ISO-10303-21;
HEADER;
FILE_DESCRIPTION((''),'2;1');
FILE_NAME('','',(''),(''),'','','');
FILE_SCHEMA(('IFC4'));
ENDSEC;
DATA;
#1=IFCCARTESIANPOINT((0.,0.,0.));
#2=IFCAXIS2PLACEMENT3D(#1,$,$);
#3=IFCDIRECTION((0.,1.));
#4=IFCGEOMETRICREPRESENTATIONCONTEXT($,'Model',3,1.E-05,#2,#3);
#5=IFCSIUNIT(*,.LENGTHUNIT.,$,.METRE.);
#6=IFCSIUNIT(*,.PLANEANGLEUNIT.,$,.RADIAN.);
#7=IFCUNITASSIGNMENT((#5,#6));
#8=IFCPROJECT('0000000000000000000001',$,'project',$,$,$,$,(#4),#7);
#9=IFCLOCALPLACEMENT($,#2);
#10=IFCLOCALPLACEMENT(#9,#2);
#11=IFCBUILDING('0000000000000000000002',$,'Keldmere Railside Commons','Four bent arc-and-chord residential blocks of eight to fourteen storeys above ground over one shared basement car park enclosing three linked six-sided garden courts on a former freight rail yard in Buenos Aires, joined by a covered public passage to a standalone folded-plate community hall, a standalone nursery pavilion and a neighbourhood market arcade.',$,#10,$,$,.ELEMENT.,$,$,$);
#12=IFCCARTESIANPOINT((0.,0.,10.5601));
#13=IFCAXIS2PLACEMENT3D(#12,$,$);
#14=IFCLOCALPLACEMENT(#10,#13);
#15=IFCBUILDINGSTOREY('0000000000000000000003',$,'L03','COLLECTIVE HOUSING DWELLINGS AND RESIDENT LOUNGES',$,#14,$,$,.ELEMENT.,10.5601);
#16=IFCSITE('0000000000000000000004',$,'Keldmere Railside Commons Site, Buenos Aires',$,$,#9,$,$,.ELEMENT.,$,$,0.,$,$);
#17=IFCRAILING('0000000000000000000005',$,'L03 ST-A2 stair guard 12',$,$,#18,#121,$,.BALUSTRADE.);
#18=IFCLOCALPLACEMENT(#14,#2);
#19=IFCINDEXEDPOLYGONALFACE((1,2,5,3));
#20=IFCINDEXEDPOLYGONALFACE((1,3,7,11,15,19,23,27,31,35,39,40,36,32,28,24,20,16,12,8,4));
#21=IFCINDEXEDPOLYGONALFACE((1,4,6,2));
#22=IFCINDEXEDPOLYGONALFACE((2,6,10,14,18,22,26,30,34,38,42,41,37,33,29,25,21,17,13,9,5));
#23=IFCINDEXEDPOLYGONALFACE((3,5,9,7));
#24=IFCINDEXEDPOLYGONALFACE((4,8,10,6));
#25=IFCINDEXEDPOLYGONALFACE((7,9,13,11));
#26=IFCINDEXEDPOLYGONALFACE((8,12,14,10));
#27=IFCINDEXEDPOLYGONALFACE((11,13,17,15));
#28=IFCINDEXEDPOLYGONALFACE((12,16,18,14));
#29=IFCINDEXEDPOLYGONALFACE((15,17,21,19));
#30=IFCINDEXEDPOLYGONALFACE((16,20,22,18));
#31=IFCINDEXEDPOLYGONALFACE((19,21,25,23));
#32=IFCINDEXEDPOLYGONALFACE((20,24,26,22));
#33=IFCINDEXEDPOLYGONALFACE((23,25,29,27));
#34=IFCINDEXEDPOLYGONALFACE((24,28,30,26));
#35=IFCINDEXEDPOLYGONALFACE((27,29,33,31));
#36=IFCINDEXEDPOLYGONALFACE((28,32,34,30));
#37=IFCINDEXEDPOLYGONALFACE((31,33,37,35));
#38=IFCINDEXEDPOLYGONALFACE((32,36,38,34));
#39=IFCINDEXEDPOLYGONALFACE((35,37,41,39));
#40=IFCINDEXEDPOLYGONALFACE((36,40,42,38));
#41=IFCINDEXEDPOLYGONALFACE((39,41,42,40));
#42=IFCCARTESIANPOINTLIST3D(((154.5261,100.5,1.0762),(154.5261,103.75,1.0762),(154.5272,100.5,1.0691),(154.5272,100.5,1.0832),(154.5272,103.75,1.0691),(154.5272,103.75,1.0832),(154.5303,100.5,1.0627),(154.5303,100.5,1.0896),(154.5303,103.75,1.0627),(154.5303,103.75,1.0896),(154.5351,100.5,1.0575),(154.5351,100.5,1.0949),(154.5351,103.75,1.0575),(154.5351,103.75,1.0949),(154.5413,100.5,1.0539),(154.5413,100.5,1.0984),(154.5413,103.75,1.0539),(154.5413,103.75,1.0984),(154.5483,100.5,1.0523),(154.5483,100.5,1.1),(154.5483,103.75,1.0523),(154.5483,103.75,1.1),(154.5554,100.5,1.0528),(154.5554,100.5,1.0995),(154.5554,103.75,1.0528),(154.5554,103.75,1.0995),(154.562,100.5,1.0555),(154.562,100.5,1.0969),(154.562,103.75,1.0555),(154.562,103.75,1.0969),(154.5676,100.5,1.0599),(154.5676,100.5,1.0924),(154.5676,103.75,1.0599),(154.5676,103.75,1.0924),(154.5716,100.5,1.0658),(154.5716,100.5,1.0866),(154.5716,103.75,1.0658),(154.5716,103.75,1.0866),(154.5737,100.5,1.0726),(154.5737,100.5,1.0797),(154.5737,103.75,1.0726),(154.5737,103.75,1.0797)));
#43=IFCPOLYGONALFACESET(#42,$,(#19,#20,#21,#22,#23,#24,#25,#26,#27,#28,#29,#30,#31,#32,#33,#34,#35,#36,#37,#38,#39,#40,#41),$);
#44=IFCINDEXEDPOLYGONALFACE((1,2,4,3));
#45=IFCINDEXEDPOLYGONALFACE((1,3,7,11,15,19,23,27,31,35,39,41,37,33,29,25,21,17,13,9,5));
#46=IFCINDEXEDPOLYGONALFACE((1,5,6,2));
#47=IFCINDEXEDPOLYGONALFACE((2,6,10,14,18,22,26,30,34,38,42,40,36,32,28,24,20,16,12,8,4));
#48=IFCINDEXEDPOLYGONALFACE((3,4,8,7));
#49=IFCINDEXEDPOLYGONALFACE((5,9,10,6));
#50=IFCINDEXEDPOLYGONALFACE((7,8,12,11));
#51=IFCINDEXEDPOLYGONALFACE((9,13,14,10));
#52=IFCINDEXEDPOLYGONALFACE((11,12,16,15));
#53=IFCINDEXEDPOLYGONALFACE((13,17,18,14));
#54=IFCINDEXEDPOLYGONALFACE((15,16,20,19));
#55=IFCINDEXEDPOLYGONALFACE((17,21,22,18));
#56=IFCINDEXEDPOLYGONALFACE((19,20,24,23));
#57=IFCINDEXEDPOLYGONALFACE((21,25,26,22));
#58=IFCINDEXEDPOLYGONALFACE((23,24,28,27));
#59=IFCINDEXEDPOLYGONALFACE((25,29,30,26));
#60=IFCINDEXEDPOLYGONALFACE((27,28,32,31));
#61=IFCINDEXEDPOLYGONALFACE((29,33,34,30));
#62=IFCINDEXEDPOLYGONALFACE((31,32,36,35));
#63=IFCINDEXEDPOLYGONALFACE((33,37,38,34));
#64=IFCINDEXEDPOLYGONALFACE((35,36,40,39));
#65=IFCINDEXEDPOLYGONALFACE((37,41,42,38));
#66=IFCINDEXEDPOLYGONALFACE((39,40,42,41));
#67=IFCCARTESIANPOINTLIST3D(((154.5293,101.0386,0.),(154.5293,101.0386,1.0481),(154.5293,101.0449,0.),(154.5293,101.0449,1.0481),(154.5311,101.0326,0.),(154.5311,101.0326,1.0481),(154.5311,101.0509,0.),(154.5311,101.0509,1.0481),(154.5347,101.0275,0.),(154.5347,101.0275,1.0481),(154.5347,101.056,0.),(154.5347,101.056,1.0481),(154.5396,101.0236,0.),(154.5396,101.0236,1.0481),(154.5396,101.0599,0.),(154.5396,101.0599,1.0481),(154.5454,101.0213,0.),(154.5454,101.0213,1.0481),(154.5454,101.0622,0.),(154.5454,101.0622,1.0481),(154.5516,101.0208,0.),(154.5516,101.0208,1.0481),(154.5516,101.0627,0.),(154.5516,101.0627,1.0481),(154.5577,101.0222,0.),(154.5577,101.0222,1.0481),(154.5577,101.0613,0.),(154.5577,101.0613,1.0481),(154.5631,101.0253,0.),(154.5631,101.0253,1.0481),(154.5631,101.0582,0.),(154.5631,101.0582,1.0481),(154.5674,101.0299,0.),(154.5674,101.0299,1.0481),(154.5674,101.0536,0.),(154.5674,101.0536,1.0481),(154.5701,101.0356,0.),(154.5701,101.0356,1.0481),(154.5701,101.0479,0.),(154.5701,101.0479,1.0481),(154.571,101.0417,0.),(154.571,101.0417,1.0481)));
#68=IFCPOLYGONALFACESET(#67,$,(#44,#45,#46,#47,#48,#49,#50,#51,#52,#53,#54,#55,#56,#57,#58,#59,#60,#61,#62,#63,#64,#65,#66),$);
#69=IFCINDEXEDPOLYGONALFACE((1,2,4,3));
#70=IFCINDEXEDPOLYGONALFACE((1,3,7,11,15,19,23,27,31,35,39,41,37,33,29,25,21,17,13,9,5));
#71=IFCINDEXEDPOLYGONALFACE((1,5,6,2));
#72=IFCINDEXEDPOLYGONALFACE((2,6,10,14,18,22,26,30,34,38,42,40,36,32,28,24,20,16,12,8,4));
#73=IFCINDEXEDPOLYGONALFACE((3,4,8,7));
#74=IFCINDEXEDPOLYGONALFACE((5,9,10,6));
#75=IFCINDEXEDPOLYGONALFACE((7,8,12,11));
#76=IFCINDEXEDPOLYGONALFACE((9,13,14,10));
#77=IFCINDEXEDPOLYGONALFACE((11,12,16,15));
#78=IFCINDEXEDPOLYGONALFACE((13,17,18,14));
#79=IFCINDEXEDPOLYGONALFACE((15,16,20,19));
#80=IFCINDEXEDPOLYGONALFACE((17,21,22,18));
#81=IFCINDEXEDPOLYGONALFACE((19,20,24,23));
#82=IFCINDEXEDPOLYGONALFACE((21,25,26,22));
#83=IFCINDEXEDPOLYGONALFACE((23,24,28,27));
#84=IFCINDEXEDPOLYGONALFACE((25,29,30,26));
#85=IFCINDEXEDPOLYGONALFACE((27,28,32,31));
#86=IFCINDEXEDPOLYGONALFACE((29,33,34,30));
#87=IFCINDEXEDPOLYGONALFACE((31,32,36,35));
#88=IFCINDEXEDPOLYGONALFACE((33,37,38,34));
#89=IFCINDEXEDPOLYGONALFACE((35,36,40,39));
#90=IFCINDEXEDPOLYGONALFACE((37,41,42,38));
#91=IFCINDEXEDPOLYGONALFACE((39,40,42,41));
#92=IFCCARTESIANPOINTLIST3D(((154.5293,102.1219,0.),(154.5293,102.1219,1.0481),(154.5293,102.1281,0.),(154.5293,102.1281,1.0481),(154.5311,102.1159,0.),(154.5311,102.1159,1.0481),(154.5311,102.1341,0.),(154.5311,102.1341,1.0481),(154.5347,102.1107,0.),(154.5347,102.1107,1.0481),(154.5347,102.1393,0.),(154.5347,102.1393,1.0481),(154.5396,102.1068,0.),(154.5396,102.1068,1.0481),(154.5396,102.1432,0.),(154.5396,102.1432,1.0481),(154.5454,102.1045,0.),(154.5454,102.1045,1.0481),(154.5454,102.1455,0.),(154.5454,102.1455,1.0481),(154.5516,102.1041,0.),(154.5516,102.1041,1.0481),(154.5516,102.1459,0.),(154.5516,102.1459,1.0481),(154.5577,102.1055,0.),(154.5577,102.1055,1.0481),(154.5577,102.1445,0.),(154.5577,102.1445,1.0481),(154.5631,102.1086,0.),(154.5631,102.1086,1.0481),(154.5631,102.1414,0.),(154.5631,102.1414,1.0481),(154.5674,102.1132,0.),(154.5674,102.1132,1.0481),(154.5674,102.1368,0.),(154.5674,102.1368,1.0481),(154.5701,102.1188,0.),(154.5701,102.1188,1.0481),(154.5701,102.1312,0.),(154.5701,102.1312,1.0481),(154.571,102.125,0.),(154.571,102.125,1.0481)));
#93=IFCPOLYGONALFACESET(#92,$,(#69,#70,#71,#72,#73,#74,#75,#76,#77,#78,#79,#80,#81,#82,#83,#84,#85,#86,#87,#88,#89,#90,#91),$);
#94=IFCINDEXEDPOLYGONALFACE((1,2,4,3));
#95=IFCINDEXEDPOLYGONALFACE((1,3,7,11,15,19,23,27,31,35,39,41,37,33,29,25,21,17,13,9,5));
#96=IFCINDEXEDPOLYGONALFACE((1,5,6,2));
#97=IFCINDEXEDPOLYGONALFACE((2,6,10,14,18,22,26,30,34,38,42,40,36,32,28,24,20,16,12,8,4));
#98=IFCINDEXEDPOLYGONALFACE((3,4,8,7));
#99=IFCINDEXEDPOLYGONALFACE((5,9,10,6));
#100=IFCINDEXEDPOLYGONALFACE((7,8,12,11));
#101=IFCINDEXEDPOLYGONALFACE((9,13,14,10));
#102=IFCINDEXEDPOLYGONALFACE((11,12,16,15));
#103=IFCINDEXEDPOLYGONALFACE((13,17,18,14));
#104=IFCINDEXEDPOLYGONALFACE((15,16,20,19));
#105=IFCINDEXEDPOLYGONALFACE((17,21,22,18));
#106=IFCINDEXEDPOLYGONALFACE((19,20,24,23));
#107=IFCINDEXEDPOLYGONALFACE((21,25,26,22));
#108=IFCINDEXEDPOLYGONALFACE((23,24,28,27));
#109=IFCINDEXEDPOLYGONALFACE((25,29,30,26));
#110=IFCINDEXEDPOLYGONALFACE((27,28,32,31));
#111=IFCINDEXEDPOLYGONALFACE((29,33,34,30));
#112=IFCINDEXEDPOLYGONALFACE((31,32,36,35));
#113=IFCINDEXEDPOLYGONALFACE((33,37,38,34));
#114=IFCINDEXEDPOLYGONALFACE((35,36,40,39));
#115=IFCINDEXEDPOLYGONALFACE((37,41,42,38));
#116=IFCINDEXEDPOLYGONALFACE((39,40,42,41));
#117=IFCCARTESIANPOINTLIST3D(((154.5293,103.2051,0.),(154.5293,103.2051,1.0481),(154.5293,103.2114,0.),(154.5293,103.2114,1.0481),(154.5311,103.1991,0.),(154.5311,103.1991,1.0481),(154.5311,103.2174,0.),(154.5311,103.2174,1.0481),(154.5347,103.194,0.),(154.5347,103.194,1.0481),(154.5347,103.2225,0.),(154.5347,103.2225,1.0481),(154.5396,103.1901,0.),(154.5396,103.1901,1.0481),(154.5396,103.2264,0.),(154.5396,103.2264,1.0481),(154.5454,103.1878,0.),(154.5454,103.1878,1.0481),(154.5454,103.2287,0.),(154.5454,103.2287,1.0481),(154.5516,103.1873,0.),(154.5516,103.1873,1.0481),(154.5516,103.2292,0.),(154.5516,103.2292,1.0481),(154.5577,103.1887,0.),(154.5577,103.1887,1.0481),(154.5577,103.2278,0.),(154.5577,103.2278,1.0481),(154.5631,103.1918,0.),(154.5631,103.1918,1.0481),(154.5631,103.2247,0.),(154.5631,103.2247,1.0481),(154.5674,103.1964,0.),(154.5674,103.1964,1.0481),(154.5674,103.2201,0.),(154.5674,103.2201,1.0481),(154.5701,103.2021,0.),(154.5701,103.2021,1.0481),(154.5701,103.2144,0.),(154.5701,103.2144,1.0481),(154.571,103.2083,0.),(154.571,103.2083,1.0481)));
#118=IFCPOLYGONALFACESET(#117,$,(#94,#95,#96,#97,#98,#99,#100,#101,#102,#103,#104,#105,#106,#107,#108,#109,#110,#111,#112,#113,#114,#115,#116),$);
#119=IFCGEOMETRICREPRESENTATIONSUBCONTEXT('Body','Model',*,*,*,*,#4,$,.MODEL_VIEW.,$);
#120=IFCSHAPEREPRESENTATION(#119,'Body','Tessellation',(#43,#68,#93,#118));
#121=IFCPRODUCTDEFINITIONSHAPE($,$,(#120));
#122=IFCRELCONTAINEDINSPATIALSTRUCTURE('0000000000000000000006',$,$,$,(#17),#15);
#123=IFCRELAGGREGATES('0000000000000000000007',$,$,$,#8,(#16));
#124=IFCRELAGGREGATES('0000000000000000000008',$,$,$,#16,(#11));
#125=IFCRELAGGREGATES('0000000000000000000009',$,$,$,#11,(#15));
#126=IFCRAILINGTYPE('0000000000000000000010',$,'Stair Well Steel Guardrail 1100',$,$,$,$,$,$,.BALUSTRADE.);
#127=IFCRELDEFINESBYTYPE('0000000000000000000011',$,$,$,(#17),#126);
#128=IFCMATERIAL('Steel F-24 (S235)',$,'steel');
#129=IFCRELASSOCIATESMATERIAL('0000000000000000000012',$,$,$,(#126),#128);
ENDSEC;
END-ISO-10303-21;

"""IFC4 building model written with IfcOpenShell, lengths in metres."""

from ifc_helpers import new_model, si_unit, direction, frame, origin, origin_2d, place, context, subcontext, project, spatial, circle, extrude, material, type_object, element, save


model = new_model("IFC4")

# Units and contexts
model_context = context("Model", 3, precision=1e-05, world=origin(), true_north=direction((0.0, 1.0)))
body_context = subcontext(model_context, "Body", "Model", "MODEL_VIEW")
ifc_project = project(units=[si_unit("LENGTHUNIT", "METRE"), si_unit("PLANEANGLEUNIT", "RADIAN")], contexts=[model_context])

# Site, building, storey
site_placement = place(None, origin())
site = spatial("IfcSite", under=ifc_project, at=site_placement, Name="Keldmere Railside Commons Site, Buenos Aires", CompositionType="ELEMENT", RefElevation=0.0)
building_placement = place(site_placement, origin())
building = spatial("IfcBuilding", under=site, at=building_placement, Name="Keldmere Railside Commons", Description="Four bent arc-and-chord residential blocks of eight to fourteen storeys above ground over one shared basement car park enclosing three linked six-sided garden courts on a former freight rail yard in Buenos Aires, joined by a covered public passage to a standalone folded-plate community hall, a standalone nursery pavilion and a neighbourhood market arcade.", CompositionType="ELEMENT")
storey_placement = place(building_placement, frame((0.0, 0.0, 10.5601)))
storey = spatial("IfcBuildingStorey", under=building, at=storey_placement, Name="L03", Description="COLLECTIVE HOUSING DWELLINGS AND RESIDENT LOUNGES", CompositionType="ELEMENT", Elevation=10.5601)

# Railing
ifc_material_1 = material(Name="Steel F-24 (S235)", Category="steel")
railing_type_1 = type_object("IfcRailingType", Name="Stair Well Steel Guardrail 1100", PredefinedType="BALUSTRADE", material=ifc_material_1)
railing_1_placement = place(storey_placement, frame((154.55, 100.5, 0.0)))
element("IfcRailing", 1, at=railing_1_placement, inside=storey, type_object=railing_type_1, Name="L03 ST-A2 stair guard 12", PredefinedType="BALUSTRADE", context=body_context, shape_type="SweptSolid", body=[
    extrude(circle(Radius=0.0239, at=origin_2d()), frame((0.0, 0.0, 1.0762), z_axis=(0.0, 1.0, 0.0), x_axis=(-1.0, 0.0, 0.0)), (0.0, 0.0, 1.0), 3.25),
    extrude(circle(Radius=0.021, at=origin_2d()), frame((0.0, 0.5417, 0.0)), (0.0, 0.0, 1.0), 1.0481),
    extrude(circle(Radius=0.021, at=origin_2d()), frame((0.0, 1.625, 0.0)), (0.0, 0.0, 1.0), 1.0481),
    extrude(circle(Radius=0.021, at=origin_2d()), frame((0.0, 2.7083, 0.0)), (0.0, 0.0, 1.0), 1.0481),
])

save(model, "model.ifc")
